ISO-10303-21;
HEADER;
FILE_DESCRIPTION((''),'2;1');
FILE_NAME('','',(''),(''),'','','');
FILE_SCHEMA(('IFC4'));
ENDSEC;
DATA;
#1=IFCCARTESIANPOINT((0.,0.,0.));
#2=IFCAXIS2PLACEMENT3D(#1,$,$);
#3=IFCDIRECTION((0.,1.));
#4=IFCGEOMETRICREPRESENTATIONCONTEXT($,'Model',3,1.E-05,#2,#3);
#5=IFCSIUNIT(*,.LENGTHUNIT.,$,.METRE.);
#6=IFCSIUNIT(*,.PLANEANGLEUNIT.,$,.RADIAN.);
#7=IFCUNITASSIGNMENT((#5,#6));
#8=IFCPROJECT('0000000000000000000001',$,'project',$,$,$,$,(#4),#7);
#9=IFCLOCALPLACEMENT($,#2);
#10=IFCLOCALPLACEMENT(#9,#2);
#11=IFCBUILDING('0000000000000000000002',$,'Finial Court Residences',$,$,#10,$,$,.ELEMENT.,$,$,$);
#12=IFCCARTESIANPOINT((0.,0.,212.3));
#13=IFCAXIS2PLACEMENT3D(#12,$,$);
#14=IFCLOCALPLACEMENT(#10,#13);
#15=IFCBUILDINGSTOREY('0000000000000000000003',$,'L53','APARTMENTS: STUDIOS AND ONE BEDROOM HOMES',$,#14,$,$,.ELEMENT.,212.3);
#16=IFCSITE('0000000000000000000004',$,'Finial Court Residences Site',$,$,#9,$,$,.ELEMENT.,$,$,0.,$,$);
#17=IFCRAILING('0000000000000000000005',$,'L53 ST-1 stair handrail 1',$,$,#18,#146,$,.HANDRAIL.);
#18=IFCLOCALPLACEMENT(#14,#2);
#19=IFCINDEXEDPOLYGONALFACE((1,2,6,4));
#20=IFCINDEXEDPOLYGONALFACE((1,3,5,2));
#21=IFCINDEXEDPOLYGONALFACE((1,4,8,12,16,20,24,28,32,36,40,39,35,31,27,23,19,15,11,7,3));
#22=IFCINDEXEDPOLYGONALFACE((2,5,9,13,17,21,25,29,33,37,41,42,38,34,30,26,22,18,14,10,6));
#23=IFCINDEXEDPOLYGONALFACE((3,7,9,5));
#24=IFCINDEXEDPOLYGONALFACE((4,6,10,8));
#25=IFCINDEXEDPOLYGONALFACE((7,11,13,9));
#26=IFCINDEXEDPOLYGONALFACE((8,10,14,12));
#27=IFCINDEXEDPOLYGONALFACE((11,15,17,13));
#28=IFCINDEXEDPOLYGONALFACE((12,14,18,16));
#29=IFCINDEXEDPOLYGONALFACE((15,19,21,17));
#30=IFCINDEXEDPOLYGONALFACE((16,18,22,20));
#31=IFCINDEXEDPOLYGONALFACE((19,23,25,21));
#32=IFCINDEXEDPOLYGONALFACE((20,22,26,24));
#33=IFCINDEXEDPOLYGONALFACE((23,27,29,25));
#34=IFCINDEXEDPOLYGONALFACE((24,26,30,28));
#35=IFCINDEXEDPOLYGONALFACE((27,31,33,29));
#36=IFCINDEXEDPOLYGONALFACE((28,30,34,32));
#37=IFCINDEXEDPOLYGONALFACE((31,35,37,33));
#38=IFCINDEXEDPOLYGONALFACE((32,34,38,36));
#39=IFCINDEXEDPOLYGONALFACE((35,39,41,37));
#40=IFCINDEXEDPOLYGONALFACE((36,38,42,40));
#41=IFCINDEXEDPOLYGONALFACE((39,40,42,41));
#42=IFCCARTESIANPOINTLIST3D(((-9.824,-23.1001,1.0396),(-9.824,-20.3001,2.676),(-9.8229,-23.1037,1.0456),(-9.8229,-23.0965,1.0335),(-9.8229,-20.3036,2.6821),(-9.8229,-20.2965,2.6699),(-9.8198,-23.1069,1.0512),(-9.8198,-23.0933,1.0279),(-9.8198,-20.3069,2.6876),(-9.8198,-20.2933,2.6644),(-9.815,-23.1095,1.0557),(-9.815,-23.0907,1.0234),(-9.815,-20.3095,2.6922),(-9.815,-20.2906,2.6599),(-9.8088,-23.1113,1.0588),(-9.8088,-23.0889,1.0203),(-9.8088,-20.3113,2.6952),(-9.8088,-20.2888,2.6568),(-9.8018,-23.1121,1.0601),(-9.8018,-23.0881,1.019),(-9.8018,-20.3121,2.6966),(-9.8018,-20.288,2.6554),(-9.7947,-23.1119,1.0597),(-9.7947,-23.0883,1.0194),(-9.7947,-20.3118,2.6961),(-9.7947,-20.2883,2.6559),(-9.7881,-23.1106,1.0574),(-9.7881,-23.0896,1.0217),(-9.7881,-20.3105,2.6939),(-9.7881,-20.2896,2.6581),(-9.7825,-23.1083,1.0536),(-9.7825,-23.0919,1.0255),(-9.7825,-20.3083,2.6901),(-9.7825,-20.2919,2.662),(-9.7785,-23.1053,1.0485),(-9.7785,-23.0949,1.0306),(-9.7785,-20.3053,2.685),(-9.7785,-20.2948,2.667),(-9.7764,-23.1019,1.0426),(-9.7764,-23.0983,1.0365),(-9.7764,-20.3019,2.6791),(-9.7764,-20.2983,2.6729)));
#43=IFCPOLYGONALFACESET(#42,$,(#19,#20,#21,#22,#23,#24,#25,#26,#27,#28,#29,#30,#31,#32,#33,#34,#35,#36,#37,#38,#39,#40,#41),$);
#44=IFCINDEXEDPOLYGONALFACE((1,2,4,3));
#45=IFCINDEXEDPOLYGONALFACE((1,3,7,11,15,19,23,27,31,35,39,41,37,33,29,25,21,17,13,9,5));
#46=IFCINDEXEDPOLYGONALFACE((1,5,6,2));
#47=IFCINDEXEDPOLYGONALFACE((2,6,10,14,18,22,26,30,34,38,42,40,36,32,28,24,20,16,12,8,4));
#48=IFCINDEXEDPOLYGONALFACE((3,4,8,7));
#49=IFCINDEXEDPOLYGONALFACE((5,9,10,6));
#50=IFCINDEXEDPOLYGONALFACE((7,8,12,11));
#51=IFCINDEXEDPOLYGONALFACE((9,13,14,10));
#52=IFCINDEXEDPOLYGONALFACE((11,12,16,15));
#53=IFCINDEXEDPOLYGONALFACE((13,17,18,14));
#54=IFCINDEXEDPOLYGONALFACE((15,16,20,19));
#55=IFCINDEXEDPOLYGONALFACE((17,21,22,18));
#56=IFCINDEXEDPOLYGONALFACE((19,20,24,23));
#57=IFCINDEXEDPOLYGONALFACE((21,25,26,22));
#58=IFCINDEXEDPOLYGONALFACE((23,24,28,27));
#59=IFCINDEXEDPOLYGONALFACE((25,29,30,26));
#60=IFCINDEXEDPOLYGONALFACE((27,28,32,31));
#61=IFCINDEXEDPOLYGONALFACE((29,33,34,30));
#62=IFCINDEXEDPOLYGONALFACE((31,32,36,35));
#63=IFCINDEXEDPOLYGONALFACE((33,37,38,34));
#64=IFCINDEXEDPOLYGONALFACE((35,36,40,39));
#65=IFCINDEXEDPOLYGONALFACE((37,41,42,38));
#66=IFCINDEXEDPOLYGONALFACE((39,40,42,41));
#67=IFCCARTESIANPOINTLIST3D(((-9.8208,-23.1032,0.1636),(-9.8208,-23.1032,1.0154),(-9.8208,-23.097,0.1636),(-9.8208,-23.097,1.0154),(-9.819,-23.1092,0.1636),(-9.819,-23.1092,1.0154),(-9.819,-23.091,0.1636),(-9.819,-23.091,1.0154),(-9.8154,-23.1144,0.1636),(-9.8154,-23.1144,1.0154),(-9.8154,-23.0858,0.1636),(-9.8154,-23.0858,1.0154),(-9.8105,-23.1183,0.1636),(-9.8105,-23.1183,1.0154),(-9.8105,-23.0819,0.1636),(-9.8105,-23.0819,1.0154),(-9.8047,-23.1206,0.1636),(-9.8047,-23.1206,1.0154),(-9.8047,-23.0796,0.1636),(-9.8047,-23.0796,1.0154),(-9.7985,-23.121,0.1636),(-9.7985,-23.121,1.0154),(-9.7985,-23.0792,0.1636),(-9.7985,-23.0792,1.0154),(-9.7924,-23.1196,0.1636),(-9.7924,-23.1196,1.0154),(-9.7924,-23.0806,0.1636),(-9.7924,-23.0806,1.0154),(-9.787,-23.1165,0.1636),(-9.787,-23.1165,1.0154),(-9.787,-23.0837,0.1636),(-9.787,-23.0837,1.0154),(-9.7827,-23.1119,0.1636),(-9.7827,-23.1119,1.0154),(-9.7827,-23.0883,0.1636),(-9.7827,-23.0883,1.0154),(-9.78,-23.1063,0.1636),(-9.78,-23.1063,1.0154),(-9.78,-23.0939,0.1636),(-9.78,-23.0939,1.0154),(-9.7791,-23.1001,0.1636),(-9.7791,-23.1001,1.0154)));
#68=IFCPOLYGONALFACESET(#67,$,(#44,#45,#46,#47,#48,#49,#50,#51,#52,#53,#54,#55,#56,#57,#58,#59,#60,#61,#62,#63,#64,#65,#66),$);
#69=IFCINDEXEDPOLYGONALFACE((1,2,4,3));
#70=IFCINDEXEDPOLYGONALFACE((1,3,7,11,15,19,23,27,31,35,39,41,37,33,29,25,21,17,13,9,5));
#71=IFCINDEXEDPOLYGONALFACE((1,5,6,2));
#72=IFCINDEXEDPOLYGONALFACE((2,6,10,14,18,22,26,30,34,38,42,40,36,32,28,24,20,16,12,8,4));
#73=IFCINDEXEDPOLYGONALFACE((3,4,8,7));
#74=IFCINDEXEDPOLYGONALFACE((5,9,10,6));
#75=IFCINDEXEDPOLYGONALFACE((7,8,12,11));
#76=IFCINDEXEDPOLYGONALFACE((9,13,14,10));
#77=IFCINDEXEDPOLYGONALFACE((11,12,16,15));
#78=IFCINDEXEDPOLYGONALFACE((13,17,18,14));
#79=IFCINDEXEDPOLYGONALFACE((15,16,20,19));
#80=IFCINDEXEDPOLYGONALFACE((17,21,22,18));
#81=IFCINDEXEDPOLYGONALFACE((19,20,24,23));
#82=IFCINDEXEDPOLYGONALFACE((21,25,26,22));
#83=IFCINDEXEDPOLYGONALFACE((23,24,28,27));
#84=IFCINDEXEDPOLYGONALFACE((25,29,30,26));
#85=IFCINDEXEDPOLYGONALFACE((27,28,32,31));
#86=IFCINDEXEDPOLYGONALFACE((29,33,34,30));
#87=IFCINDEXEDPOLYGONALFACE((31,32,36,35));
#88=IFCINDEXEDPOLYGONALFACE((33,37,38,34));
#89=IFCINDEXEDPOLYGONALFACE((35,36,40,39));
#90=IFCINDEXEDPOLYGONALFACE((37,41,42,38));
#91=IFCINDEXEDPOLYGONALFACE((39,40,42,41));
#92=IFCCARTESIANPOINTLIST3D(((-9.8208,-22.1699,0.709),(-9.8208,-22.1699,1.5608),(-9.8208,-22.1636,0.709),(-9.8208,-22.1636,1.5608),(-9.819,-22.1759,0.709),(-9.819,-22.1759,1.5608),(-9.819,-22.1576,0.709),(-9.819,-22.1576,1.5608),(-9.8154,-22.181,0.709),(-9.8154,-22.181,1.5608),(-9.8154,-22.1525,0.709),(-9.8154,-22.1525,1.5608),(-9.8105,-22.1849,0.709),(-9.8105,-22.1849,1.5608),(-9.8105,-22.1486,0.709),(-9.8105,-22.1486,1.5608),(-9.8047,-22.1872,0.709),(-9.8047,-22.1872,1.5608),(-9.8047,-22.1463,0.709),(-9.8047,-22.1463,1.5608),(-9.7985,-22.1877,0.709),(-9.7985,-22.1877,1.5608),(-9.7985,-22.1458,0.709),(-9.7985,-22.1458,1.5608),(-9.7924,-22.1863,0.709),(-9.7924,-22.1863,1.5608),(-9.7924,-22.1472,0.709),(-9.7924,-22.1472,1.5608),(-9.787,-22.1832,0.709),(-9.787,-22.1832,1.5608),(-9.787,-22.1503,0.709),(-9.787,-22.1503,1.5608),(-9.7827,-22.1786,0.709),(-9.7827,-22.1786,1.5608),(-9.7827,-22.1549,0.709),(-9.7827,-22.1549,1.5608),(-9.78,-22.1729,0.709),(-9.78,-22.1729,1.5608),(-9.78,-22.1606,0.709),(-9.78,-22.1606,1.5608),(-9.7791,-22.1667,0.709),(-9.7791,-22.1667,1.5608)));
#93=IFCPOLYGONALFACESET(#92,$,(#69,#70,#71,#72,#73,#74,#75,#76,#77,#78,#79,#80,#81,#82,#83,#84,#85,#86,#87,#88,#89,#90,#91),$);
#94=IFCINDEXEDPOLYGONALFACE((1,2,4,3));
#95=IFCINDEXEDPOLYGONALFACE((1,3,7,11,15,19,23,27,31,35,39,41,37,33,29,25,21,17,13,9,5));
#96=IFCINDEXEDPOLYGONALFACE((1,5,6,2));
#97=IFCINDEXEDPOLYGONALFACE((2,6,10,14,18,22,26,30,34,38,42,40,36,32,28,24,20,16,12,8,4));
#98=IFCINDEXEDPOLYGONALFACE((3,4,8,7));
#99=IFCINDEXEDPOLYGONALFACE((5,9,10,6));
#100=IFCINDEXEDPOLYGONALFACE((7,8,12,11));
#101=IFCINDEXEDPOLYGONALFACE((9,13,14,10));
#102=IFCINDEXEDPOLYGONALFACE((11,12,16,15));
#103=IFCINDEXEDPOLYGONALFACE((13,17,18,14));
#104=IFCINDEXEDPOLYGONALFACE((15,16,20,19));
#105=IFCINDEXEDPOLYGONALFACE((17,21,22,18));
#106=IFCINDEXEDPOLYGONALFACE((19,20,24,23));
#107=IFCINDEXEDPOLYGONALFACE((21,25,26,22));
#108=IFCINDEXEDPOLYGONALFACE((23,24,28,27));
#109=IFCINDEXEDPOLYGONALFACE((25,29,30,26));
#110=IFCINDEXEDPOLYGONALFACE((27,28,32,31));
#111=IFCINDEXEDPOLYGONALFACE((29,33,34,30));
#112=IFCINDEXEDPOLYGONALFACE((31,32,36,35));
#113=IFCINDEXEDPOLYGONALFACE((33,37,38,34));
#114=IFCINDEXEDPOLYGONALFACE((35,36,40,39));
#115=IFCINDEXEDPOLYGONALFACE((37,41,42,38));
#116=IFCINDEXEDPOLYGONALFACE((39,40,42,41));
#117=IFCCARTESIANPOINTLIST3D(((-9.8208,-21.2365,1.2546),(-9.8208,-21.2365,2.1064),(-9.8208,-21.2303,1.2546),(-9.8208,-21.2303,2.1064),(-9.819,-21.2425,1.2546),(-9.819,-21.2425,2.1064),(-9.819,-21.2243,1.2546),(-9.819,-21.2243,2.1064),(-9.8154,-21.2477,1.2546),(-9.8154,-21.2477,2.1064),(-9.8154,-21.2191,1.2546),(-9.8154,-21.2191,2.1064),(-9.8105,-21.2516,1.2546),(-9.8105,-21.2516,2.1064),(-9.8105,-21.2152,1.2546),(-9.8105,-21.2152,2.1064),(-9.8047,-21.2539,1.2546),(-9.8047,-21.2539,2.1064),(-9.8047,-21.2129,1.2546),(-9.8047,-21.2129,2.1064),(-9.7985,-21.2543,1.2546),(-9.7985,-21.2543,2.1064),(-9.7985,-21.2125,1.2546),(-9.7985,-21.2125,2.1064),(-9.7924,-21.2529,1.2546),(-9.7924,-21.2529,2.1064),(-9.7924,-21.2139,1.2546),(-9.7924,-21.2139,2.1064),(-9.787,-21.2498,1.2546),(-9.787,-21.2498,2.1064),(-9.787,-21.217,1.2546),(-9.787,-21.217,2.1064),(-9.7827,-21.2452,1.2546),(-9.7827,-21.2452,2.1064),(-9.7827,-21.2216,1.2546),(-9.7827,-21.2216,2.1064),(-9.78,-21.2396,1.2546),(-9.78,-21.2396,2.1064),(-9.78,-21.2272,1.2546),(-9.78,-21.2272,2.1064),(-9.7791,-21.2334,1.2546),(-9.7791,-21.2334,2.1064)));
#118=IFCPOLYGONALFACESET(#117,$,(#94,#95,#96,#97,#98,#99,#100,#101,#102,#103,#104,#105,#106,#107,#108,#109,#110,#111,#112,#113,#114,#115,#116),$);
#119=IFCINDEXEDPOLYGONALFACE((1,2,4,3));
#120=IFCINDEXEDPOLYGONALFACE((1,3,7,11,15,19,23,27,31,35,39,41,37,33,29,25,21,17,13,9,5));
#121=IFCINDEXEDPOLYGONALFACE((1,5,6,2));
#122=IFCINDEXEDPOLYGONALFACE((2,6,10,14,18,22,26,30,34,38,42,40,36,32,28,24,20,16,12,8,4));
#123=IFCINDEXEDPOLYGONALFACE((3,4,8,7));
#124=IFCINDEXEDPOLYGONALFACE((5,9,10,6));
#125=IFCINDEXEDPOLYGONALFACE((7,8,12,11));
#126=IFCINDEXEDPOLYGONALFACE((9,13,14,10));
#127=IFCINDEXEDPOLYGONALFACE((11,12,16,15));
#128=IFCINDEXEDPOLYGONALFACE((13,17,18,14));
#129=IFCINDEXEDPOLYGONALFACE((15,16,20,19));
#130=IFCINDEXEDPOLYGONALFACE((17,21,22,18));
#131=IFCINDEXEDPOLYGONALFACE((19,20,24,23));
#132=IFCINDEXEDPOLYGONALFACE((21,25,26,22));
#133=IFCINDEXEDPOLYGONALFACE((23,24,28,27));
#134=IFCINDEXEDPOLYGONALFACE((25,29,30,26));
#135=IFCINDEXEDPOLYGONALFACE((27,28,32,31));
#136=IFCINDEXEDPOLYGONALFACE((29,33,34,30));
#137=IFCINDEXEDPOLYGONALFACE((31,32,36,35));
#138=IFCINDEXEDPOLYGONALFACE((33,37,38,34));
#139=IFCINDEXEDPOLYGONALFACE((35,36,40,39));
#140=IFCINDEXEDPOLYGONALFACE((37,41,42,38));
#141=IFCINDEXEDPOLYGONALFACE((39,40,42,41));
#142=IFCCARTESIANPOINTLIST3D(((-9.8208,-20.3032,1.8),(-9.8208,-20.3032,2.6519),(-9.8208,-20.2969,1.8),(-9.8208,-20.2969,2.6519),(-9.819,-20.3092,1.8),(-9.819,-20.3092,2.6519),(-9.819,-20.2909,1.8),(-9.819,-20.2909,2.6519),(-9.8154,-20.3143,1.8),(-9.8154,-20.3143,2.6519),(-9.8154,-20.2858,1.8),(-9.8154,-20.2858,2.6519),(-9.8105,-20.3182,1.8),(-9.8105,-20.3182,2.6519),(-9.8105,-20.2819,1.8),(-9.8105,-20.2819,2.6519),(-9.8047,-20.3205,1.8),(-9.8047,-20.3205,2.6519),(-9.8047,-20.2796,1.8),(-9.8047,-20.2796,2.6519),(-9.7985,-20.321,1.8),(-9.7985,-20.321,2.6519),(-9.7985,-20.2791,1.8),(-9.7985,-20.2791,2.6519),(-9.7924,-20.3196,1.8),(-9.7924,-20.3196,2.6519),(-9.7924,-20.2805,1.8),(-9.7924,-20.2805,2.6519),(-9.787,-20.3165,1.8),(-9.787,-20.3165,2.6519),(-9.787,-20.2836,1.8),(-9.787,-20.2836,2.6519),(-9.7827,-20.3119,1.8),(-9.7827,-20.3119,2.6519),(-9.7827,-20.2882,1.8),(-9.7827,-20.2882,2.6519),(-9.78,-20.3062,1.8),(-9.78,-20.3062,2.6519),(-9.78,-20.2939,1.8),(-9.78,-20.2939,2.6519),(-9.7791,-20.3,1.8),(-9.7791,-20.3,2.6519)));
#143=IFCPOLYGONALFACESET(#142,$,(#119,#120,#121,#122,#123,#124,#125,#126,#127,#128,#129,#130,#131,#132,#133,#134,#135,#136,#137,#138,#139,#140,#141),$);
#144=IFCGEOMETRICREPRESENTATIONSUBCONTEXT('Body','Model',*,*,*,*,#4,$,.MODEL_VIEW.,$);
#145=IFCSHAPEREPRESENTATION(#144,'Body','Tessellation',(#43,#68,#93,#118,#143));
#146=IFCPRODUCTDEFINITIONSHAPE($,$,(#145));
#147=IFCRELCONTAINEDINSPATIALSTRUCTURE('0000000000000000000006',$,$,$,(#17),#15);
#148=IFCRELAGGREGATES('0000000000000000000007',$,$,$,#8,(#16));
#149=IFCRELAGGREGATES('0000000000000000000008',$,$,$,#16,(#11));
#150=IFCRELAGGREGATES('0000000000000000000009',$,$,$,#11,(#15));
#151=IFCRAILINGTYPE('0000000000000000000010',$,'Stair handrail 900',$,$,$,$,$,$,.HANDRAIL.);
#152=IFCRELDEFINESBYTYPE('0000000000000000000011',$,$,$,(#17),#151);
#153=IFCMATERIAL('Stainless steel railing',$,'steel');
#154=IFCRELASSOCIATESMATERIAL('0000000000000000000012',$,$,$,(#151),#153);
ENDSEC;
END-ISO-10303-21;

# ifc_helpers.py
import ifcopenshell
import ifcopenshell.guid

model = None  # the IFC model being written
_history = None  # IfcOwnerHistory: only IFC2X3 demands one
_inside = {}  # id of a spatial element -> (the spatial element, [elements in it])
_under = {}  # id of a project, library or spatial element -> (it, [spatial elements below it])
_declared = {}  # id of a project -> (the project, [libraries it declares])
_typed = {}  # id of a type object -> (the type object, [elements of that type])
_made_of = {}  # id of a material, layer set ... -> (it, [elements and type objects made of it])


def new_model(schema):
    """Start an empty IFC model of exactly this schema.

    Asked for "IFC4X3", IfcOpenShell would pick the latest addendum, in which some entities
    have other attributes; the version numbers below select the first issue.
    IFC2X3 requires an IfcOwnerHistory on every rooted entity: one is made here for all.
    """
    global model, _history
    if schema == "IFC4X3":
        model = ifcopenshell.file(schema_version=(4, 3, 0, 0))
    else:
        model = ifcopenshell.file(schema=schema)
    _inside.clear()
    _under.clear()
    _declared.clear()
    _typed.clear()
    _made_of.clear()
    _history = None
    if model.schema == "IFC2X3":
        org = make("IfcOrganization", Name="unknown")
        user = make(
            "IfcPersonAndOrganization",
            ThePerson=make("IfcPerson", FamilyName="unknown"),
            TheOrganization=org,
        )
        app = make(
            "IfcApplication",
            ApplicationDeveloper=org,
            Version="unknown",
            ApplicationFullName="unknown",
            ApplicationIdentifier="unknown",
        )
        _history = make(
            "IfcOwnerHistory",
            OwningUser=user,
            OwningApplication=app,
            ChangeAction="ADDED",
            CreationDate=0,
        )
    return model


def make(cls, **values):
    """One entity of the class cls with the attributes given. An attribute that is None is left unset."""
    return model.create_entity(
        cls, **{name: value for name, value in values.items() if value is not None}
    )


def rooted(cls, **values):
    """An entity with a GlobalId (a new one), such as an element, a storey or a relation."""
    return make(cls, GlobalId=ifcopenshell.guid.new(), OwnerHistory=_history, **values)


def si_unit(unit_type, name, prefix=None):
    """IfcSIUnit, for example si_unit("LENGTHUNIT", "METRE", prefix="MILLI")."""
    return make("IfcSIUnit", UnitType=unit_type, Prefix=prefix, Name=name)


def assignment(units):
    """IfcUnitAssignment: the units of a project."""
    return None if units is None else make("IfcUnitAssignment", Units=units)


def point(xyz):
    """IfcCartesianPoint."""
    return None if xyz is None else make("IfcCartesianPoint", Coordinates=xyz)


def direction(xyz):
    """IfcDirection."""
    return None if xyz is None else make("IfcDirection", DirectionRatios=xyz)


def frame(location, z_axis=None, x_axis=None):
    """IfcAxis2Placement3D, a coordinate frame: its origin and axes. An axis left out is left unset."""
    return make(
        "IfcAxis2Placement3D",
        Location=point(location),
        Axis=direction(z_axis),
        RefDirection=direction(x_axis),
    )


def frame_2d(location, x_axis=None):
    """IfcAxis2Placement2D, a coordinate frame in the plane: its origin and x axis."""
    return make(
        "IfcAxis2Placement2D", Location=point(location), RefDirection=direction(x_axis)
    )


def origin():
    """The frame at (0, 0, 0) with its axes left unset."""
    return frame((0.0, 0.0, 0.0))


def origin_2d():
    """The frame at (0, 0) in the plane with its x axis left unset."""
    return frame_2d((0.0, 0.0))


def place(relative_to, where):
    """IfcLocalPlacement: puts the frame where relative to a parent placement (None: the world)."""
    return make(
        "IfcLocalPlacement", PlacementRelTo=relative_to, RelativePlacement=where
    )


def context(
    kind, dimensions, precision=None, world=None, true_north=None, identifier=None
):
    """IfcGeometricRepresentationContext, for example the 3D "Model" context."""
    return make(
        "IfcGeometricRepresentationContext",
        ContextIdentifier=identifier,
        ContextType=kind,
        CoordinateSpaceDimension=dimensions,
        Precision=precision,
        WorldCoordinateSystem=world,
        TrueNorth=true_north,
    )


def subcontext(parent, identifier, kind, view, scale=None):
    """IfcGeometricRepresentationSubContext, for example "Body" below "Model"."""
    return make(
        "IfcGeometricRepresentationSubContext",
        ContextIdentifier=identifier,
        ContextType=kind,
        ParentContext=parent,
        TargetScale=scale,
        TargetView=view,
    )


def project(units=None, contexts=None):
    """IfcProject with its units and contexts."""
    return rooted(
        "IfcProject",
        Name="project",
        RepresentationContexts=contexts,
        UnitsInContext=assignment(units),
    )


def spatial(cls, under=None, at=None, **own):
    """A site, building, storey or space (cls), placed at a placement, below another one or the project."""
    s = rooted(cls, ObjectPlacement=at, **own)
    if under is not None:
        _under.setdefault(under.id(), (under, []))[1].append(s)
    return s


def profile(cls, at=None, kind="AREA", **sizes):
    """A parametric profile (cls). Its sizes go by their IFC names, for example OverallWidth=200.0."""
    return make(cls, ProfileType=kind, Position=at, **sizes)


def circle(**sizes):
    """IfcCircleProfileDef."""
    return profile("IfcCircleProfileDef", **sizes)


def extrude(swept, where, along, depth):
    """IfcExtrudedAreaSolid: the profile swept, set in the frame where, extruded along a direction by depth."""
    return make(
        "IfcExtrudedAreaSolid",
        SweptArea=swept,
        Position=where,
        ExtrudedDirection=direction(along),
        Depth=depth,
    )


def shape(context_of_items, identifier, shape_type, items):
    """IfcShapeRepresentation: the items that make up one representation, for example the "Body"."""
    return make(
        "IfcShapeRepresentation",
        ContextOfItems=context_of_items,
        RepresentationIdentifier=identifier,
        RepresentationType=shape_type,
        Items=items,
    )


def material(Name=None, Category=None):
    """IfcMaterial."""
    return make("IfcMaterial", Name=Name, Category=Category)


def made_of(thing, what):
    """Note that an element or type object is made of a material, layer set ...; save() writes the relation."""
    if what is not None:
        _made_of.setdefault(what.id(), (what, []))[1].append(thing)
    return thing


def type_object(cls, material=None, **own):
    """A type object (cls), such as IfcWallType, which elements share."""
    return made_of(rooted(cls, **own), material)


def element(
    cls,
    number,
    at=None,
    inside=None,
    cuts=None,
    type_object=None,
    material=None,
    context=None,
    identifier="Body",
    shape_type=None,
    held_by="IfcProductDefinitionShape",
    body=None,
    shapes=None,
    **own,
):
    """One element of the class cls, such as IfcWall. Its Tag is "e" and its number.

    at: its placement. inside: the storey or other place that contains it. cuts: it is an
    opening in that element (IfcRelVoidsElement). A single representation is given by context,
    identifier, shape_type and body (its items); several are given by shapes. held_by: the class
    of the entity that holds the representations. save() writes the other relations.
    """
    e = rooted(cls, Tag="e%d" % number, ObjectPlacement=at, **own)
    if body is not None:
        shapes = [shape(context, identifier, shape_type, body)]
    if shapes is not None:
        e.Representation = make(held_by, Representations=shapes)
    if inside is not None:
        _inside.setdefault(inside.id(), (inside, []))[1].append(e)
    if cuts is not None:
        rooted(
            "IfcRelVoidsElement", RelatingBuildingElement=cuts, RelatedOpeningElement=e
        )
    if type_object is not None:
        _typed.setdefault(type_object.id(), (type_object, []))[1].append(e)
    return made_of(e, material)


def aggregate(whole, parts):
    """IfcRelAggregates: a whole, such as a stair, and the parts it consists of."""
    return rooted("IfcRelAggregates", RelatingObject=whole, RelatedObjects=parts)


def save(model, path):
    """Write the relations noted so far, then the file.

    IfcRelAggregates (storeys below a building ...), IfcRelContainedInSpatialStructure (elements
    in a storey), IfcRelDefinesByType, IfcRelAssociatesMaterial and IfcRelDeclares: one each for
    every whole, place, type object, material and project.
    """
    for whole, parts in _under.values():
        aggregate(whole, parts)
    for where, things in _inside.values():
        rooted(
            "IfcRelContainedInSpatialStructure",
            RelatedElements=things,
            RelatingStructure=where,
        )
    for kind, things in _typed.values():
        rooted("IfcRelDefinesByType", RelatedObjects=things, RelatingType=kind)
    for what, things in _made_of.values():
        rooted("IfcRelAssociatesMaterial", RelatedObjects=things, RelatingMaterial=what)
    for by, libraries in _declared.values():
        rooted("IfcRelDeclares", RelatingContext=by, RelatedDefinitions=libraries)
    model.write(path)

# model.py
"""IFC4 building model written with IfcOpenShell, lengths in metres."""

from ifc_helpers import new_model, si_unit, direction, frame, origin, origin_2d, place, context, subcontext, project, spatial, circle, extrude, material, type_object, element, save


model = new_model("IFC4")

# Units and contexts
model_context = context("Model", 3, precision=1e-05, world=origin(), true_north=direction((0.0, 1.0)))
body_context = subcontext(model_context, "Body", "Model", "MODEL_VIEW")
ifc_project = project(units=[si_unit("LENGTHUNIT", "METRE"), si_unit("PLANEANGLEUNIT", "RADIAN")], contexts=[model_context])

# Site, building, storey
site_placement = place(None, origin())
site = spatial("IfcSite", under=ifc_project, at=site_placement, Name="Finial Court Residences Site", CompositionType="ELEMENT", RefElevation=0.0)
building_placement = place(site_placement, origin())
building = spatial("IfcBuilding", under=site, at=building_placement, Name="Finial Court Residences", CompositionType="ELEMENT")
storey_placement = place(building_placement, frame((0.0, 0.0, 212.3)))
storey = spatial("IfcBuildingStorey", under=building, at=storey_placement, Name="L53", Description="APARTMENTS: STUDIOS AND ONE BEDROOM HOMES", CompositionType="ELEMENT", Elevation=212.3)

# Railing
ifc_material_1 = material(Name="Stainless steel railing", Category="steel")
railing_type_1 = type_object("IfcRailingType", Name="Stair handrail 900", PredefinedType="HANDRAIL", material=ifc_material_1)
railing_1_placement = place(storey_placement, frame((-9.8, -23.1001, 0.1636)))
element("IfcRailing", 1, at=railing_1_placement, inside=storey, type_object=railing_type_1, Name="L53 ST-1 stair handrail 1", PredefinedType="HANDRAIL", context=body_context, shape_type="SweptSolid", body=[
    extrude(circle(Radius=0.0239, at=origin_2d()), frame((0.0, 0.0, 0.876), z_axis=(0.0, 0.863361, 0.504587), x_axis=(-1.0, 0.0, 0.0)), (0.0, 0.0, 1.0), 3.2432),
    extrude(circle(Radius=0.021, at=origin_2d()), origin(), (0.0, 0.0, 1.0), 0.8518),
    extrude(circle(Radius=0.021, at=origin_2d()), frame((0.0, 0.9333, 0.5454)), (0.0, 0.0, 1.0), 0.8518),
    extrude(circle(Radius=0.021, at=origin_2d()), frame((0.0, 1.8667, 1.0911)), (0.0, 0.0, 1.0), 0.8518),
    extrude(circle(Radius=0.021, at=origin_2d()), frame((0.0, 2.8, 1.6365)), (0.0, 0.0, 1.0), 0.8518),
])

save(model, "model.ifc")
